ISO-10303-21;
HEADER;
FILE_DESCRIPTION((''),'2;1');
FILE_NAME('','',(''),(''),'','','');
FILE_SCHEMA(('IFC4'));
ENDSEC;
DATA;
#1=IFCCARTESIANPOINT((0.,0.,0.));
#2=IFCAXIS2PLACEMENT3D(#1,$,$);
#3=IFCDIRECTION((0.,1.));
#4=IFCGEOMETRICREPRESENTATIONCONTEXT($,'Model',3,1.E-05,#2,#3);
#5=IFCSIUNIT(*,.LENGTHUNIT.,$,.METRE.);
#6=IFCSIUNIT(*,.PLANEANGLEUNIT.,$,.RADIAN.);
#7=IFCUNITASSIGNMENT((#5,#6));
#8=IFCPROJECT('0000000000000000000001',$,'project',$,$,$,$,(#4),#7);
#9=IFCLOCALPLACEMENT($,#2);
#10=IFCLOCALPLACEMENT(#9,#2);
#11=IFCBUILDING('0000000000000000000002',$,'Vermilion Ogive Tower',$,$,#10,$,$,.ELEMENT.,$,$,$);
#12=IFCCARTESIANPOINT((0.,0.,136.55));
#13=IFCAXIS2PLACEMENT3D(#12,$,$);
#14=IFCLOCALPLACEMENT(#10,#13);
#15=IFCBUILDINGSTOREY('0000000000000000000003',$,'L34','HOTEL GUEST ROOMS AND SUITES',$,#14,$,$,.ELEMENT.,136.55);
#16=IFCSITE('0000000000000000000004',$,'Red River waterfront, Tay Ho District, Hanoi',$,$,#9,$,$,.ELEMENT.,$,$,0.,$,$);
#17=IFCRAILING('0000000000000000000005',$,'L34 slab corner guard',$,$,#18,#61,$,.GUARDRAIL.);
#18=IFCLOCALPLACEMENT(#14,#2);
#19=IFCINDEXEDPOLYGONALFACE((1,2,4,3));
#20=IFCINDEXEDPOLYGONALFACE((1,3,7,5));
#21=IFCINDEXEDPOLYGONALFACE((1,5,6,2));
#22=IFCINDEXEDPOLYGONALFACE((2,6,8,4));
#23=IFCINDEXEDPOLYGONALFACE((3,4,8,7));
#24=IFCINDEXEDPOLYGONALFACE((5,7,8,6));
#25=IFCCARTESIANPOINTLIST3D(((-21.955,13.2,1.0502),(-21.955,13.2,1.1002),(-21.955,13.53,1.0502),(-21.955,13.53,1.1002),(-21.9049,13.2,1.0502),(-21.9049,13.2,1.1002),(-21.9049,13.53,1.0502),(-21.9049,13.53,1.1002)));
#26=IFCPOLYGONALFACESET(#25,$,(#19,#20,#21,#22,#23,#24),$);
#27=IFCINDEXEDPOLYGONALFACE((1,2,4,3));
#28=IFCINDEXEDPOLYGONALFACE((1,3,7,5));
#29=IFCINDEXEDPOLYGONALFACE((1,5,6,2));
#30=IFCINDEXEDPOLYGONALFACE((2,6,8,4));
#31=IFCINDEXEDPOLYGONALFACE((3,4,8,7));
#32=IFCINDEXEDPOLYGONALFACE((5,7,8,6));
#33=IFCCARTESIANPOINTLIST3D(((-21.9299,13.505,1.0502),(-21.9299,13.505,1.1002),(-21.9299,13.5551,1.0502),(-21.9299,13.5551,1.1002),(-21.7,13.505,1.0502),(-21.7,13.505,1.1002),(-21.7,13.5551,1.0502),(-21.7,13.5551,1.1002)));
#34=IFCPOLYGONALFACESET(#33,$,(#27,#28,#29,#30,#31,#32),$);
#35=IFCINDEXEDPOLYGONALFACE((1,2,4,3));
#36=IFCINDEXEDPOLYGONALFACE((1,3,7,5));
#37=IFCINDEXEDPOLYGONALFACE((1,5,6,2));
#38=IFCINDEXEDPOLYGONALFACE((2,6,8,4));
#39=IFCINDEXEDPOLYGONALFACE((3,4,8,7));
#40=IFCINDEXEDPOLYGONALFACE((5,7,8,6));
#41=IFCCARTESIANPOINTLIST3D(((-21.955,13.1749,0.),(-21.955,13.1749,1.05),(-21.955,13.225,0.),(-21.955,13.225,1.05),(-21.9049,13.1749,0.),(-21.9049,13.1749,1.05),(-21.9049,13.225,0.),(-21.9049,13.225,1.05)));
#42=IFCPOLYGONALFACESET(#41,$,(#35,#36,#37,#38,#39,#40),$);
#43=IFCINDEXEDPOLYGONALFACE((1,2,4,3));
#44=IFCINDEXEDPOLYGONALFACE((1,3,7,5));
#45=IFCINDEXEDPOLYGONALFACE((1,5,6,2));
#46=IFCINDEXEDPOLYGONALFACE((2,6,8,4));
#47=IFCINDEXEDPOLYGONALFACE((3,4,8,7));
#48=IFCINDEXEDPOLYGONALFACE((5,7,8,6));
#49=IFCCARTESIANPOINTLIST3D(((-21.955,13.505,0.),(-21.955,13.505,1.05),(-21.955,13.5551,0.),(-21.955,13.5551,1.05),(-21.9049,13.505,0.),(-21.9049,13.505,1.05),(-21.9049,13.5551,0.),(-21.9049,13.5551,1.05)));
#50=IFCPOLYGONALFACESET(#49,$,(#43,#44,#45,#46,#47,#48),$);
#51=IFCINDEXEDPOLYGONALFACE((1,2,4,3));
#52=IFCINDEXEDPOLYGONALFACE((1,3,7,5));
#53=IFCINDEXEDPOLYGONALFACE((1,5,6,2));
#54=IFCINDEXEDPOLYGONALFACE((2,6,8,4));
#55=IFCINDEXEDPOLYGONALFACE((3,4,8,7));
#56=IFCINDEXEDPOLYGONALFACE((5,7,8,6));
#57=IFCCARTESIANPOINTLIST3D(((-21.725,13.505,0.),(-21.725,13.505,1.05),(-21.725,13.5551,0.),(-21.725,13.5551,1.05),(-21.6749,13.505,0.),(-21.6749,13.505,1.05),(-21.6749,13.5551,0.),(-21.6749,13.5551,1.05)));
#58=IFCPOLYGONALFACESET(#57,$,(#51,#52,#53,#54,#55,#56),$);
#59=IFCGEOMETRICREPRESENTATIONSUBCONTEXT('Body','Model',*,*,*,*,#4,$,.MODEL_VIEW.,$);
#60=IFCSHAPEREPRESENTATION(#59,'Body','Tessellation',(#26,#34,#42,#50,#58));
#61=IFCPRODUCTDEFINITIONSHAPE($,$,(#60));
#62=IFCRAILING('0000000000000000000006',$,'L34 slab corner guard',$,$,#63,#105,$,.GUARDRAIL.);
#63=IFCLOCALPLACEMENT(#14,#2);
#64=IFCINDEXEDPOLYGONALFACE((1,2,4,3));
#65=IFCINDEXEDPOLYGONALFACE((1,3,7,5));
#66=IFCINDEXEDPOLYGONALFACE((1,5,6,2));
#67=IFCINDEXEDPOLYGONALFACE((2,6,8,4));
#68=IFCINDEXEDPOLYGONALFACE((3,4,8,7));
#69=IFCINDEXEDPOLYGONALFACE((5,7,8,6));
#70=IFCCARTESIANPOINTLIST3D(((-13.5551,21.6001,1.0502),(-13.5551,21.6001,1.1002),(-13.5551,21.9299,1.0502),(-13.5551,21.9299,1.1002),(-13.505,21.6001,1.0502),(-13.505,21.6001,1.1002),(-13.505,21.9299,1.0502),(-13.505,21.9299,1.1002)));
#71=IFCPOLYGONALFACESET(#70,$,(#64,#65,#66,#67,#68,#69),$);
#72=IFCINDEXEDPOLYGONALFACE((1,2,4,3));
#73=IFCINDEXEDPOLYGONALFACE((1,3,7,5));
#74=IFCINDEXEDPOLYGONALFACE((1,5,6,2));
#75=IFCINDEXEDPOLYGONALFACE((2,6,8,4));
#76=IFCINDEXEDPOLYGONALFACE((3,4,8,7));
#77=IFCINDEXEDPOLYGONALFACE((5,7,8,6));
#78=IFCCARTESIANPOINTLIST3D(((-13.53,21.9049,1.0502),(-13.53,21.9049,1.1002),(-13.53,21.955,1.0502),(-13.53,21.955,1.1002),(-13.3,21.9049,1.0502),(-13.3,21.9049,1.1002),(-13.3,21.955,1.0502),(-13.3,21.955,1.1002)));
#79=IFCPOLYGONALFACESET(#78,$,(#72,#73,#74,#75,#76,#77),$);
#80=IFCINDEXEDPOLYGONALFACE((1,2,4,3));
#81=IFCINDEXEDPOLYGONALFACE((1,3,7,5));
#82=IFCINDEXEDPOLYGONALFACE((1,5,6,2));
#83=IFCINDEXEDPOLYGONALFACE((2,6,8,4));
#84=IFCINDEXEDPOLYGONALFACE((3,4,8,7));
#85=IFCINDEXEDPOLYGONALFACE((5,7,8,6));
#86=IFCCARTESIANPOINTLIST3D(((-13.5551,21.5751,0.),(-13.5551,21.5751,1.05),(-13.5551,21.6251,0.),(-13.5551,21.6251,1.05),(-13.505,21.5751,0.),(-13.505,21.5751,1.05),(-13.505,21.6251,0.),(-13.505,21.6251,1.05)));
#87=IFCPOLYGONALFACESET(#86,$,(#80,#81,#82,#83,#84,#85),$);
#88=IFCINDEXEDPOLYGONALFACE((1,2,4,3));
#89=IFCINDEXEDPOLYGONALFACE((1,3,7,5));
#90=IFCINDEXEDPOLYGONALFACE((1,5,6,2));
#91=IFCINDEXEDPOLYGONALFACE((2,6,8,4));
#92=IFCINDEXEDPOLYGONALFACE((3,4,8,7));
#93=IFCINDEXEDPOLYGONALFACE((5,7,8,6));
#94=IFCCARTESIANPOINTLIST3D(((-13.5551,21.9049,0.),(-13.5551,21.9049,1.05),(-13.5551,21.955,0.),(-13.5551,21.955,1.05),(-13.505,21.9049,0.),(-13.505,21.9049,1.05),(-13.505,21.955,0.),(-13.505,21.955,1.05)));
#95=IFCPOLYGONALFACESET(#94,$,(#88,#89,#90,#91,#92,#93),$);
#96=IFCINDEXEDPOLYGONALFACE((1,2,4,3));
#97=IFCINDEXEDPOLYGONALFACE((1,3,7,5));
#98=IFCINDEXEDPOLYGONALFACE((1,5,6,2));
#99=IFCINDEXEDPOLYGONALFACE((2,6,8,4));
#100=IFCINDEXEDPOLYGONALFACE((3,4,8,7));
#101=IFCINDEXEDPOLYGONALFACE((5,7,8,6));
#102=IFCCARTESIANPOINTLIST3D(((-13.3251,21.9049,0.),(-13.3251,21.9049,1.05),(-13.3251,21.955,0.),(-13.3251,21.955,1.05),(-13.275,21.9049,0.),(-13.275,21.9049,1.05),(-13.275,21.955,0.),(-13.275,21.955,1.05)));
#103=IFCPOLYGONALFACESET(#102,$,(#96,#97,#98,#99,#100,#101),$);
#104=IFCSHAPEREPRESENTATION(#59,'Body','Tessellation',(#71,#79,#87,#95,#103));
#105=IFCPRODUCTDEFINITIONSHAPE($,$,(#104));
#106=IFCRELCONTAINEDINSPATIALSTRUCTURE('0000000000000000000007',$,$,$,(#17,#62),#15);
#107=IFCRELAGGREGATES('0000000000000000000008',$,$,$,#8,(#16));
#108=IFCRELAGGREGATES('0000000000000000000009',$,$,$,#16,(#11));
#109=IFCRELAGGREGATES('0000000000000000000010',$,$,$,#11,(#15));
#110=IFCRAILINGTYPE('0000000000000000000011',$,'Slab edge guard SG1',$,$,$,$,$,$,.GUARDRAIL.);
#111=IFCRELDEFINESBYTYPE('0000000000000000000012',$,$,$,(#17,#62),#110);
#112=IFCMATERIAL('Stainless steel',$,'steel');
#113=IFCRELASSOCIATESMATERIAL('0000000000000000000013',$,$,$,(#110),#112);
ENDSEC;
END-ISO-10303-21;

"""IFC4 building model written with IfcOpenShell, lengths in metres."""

from ifc_helpers import new_model, si_unit, direction, frame, origin, origin_2d, place, context, subcontext, project, spatial, rectangle, extrude, material, type_object, element, save


model = new_model("IFC4")

# Units and contexts
model_context = context("Model", 3, precision=1e-05, world=origin(), true_north=direction((0.0, 1.0)))
body_context = subcontext(model_context, "Body", "Model", "MODEL_VIEW")
ifc_project = project(units=[si_unit("LENGTHUNIT", "METRE"), si_unit("PLANEANGLEUNIT", "RADIAN")], contexts=[model_context])

# Site, building, storey
site_placement = place(None, origin())
site = spatial("IfcSite", under=ifc_project, at=site_placement, Name="Red River waterfront, Tay Ho District, Hanoi", CompositionType="ELEMENT", RefElevation=0.0)
building_placement = place(site_placement, origin())
building = spatial("IfcBuilding", under=site, at=building_placement, Name="Vermilion Ogive Tower", CompositionType="ELEMENT")
storey_placement = place(building_placement, frame((0.0, 0.0, 136.55)))
storey = spatial("IfcBuildingStorey", under=building, at=storey_placement, Name="L34", Description="HOTEL GUEST ROOMS AND SUITES", CompositionType="ELEMENT", Elevation=136.55)

# Railings
ifc_material_1 = material(Name="Stainless steel", Category="steel")
railing_type = type_object("IfcRailingType", Name="Slab edge guard SG1", PredefinedType="GUARDRAIL", material=ifc_material_1)
railing_1_placement = place(storey_placement, frame((-21.9299, 13.2, 0.0)))
element("IfcRailing", 1, at=railing_1_placement, inside=storey, type_object=railing_type, Name="L34 slab corner guard", PredefinedType="GUARDRAIL", context=body_context, shape_type="SweptSolid", body=[
    extrude(rectangle(XDim=0.05, YDim=0.05, at=origin_2d()), frame((0.0, 0.0, 1.0752), z_axis=(0.0, 1.0, 0.0), x_axis=(-1.0, 0.0, 0.0)), (0.0, 0.0, 1.0), 0.3301),
    extrude(rectangle(XDim=0.05, YDim=0.05, at=origin_2d()), frame((0.0, 0.3301, 1.0752), z_axis=(1.0, 0.0, 0.0), x_axis=(0.0, 1.0, 0.0)), (0.0, 0.0, 1.0), 0.23),
    extrude(rectangle(XDim=0.05, YDim=0.05, at=origin_2d()), origin(), (0.0, 0.0, 1.0), 1.05),
    extrude(rectangle(XDim=0.05, YDim=0.05, at=origin_2d()), frame((0.0, 0.3301, 0.0)), (0.0, 0.0, 1.0), 1.05),
    extrude(rectangle(XDim=0.05, YDim=0.05, at=origin_2d()), frame((0.23, 0.3301, 0.0)), (0.0, 0.0, 1.0), 1.05),
])
railing_2_placement = place(storey_placement, frame((-13.53, 21.6001, 0.0)))
element("IfcRailing", 2, at=railing_2_placement, inside=storey, type_object=railing_type, Name="L34 slab corner guard", PredefinedType="GUARDRAIL", context=body_context, shape_type="SweptSolid", body=[
    extrude(rectangle(XDim=0.05, YDim=0.05, at=origin_2d()), frame((0.0, 0.0, 1.0752), z_axis=(0.0, 1.0, 0.0), x_axis=(-1.0, 0.0, 0.0)), (0.0, 0.0, 1.0), 0.3298),
    extrude(rectangle(XDim=0.05, YDim=0.05, at=origin_2d()), frame((0.0, 0.3298, 1.0752), z_axis=(1.0, 0.0, 0.0), x_axis=(0.0, 1.0, 0.0)), (0.0, 0.0, 1.0), 0.23),
    extrude(rectangle(XDim=0.05, YDim=0.05, at=origin_2d()), origin(), (0.0, 0.0, 1.0), 1.05),
    extrude(rectangle(XDim=0.05, YDim=0.05, at=origin_2d()), frame((0.0, 0.3298, 0.0)), (0.0, 0.0, 1.0), 1.05),
    extrude(rectangle(XDim=0.05, YDim=0.05, at=origin_2d()), frame((0.23, 0.3298, 0.0)), (0.0, 0.0, 1.0), 1.05),
])

save(model, "model.ifc")
